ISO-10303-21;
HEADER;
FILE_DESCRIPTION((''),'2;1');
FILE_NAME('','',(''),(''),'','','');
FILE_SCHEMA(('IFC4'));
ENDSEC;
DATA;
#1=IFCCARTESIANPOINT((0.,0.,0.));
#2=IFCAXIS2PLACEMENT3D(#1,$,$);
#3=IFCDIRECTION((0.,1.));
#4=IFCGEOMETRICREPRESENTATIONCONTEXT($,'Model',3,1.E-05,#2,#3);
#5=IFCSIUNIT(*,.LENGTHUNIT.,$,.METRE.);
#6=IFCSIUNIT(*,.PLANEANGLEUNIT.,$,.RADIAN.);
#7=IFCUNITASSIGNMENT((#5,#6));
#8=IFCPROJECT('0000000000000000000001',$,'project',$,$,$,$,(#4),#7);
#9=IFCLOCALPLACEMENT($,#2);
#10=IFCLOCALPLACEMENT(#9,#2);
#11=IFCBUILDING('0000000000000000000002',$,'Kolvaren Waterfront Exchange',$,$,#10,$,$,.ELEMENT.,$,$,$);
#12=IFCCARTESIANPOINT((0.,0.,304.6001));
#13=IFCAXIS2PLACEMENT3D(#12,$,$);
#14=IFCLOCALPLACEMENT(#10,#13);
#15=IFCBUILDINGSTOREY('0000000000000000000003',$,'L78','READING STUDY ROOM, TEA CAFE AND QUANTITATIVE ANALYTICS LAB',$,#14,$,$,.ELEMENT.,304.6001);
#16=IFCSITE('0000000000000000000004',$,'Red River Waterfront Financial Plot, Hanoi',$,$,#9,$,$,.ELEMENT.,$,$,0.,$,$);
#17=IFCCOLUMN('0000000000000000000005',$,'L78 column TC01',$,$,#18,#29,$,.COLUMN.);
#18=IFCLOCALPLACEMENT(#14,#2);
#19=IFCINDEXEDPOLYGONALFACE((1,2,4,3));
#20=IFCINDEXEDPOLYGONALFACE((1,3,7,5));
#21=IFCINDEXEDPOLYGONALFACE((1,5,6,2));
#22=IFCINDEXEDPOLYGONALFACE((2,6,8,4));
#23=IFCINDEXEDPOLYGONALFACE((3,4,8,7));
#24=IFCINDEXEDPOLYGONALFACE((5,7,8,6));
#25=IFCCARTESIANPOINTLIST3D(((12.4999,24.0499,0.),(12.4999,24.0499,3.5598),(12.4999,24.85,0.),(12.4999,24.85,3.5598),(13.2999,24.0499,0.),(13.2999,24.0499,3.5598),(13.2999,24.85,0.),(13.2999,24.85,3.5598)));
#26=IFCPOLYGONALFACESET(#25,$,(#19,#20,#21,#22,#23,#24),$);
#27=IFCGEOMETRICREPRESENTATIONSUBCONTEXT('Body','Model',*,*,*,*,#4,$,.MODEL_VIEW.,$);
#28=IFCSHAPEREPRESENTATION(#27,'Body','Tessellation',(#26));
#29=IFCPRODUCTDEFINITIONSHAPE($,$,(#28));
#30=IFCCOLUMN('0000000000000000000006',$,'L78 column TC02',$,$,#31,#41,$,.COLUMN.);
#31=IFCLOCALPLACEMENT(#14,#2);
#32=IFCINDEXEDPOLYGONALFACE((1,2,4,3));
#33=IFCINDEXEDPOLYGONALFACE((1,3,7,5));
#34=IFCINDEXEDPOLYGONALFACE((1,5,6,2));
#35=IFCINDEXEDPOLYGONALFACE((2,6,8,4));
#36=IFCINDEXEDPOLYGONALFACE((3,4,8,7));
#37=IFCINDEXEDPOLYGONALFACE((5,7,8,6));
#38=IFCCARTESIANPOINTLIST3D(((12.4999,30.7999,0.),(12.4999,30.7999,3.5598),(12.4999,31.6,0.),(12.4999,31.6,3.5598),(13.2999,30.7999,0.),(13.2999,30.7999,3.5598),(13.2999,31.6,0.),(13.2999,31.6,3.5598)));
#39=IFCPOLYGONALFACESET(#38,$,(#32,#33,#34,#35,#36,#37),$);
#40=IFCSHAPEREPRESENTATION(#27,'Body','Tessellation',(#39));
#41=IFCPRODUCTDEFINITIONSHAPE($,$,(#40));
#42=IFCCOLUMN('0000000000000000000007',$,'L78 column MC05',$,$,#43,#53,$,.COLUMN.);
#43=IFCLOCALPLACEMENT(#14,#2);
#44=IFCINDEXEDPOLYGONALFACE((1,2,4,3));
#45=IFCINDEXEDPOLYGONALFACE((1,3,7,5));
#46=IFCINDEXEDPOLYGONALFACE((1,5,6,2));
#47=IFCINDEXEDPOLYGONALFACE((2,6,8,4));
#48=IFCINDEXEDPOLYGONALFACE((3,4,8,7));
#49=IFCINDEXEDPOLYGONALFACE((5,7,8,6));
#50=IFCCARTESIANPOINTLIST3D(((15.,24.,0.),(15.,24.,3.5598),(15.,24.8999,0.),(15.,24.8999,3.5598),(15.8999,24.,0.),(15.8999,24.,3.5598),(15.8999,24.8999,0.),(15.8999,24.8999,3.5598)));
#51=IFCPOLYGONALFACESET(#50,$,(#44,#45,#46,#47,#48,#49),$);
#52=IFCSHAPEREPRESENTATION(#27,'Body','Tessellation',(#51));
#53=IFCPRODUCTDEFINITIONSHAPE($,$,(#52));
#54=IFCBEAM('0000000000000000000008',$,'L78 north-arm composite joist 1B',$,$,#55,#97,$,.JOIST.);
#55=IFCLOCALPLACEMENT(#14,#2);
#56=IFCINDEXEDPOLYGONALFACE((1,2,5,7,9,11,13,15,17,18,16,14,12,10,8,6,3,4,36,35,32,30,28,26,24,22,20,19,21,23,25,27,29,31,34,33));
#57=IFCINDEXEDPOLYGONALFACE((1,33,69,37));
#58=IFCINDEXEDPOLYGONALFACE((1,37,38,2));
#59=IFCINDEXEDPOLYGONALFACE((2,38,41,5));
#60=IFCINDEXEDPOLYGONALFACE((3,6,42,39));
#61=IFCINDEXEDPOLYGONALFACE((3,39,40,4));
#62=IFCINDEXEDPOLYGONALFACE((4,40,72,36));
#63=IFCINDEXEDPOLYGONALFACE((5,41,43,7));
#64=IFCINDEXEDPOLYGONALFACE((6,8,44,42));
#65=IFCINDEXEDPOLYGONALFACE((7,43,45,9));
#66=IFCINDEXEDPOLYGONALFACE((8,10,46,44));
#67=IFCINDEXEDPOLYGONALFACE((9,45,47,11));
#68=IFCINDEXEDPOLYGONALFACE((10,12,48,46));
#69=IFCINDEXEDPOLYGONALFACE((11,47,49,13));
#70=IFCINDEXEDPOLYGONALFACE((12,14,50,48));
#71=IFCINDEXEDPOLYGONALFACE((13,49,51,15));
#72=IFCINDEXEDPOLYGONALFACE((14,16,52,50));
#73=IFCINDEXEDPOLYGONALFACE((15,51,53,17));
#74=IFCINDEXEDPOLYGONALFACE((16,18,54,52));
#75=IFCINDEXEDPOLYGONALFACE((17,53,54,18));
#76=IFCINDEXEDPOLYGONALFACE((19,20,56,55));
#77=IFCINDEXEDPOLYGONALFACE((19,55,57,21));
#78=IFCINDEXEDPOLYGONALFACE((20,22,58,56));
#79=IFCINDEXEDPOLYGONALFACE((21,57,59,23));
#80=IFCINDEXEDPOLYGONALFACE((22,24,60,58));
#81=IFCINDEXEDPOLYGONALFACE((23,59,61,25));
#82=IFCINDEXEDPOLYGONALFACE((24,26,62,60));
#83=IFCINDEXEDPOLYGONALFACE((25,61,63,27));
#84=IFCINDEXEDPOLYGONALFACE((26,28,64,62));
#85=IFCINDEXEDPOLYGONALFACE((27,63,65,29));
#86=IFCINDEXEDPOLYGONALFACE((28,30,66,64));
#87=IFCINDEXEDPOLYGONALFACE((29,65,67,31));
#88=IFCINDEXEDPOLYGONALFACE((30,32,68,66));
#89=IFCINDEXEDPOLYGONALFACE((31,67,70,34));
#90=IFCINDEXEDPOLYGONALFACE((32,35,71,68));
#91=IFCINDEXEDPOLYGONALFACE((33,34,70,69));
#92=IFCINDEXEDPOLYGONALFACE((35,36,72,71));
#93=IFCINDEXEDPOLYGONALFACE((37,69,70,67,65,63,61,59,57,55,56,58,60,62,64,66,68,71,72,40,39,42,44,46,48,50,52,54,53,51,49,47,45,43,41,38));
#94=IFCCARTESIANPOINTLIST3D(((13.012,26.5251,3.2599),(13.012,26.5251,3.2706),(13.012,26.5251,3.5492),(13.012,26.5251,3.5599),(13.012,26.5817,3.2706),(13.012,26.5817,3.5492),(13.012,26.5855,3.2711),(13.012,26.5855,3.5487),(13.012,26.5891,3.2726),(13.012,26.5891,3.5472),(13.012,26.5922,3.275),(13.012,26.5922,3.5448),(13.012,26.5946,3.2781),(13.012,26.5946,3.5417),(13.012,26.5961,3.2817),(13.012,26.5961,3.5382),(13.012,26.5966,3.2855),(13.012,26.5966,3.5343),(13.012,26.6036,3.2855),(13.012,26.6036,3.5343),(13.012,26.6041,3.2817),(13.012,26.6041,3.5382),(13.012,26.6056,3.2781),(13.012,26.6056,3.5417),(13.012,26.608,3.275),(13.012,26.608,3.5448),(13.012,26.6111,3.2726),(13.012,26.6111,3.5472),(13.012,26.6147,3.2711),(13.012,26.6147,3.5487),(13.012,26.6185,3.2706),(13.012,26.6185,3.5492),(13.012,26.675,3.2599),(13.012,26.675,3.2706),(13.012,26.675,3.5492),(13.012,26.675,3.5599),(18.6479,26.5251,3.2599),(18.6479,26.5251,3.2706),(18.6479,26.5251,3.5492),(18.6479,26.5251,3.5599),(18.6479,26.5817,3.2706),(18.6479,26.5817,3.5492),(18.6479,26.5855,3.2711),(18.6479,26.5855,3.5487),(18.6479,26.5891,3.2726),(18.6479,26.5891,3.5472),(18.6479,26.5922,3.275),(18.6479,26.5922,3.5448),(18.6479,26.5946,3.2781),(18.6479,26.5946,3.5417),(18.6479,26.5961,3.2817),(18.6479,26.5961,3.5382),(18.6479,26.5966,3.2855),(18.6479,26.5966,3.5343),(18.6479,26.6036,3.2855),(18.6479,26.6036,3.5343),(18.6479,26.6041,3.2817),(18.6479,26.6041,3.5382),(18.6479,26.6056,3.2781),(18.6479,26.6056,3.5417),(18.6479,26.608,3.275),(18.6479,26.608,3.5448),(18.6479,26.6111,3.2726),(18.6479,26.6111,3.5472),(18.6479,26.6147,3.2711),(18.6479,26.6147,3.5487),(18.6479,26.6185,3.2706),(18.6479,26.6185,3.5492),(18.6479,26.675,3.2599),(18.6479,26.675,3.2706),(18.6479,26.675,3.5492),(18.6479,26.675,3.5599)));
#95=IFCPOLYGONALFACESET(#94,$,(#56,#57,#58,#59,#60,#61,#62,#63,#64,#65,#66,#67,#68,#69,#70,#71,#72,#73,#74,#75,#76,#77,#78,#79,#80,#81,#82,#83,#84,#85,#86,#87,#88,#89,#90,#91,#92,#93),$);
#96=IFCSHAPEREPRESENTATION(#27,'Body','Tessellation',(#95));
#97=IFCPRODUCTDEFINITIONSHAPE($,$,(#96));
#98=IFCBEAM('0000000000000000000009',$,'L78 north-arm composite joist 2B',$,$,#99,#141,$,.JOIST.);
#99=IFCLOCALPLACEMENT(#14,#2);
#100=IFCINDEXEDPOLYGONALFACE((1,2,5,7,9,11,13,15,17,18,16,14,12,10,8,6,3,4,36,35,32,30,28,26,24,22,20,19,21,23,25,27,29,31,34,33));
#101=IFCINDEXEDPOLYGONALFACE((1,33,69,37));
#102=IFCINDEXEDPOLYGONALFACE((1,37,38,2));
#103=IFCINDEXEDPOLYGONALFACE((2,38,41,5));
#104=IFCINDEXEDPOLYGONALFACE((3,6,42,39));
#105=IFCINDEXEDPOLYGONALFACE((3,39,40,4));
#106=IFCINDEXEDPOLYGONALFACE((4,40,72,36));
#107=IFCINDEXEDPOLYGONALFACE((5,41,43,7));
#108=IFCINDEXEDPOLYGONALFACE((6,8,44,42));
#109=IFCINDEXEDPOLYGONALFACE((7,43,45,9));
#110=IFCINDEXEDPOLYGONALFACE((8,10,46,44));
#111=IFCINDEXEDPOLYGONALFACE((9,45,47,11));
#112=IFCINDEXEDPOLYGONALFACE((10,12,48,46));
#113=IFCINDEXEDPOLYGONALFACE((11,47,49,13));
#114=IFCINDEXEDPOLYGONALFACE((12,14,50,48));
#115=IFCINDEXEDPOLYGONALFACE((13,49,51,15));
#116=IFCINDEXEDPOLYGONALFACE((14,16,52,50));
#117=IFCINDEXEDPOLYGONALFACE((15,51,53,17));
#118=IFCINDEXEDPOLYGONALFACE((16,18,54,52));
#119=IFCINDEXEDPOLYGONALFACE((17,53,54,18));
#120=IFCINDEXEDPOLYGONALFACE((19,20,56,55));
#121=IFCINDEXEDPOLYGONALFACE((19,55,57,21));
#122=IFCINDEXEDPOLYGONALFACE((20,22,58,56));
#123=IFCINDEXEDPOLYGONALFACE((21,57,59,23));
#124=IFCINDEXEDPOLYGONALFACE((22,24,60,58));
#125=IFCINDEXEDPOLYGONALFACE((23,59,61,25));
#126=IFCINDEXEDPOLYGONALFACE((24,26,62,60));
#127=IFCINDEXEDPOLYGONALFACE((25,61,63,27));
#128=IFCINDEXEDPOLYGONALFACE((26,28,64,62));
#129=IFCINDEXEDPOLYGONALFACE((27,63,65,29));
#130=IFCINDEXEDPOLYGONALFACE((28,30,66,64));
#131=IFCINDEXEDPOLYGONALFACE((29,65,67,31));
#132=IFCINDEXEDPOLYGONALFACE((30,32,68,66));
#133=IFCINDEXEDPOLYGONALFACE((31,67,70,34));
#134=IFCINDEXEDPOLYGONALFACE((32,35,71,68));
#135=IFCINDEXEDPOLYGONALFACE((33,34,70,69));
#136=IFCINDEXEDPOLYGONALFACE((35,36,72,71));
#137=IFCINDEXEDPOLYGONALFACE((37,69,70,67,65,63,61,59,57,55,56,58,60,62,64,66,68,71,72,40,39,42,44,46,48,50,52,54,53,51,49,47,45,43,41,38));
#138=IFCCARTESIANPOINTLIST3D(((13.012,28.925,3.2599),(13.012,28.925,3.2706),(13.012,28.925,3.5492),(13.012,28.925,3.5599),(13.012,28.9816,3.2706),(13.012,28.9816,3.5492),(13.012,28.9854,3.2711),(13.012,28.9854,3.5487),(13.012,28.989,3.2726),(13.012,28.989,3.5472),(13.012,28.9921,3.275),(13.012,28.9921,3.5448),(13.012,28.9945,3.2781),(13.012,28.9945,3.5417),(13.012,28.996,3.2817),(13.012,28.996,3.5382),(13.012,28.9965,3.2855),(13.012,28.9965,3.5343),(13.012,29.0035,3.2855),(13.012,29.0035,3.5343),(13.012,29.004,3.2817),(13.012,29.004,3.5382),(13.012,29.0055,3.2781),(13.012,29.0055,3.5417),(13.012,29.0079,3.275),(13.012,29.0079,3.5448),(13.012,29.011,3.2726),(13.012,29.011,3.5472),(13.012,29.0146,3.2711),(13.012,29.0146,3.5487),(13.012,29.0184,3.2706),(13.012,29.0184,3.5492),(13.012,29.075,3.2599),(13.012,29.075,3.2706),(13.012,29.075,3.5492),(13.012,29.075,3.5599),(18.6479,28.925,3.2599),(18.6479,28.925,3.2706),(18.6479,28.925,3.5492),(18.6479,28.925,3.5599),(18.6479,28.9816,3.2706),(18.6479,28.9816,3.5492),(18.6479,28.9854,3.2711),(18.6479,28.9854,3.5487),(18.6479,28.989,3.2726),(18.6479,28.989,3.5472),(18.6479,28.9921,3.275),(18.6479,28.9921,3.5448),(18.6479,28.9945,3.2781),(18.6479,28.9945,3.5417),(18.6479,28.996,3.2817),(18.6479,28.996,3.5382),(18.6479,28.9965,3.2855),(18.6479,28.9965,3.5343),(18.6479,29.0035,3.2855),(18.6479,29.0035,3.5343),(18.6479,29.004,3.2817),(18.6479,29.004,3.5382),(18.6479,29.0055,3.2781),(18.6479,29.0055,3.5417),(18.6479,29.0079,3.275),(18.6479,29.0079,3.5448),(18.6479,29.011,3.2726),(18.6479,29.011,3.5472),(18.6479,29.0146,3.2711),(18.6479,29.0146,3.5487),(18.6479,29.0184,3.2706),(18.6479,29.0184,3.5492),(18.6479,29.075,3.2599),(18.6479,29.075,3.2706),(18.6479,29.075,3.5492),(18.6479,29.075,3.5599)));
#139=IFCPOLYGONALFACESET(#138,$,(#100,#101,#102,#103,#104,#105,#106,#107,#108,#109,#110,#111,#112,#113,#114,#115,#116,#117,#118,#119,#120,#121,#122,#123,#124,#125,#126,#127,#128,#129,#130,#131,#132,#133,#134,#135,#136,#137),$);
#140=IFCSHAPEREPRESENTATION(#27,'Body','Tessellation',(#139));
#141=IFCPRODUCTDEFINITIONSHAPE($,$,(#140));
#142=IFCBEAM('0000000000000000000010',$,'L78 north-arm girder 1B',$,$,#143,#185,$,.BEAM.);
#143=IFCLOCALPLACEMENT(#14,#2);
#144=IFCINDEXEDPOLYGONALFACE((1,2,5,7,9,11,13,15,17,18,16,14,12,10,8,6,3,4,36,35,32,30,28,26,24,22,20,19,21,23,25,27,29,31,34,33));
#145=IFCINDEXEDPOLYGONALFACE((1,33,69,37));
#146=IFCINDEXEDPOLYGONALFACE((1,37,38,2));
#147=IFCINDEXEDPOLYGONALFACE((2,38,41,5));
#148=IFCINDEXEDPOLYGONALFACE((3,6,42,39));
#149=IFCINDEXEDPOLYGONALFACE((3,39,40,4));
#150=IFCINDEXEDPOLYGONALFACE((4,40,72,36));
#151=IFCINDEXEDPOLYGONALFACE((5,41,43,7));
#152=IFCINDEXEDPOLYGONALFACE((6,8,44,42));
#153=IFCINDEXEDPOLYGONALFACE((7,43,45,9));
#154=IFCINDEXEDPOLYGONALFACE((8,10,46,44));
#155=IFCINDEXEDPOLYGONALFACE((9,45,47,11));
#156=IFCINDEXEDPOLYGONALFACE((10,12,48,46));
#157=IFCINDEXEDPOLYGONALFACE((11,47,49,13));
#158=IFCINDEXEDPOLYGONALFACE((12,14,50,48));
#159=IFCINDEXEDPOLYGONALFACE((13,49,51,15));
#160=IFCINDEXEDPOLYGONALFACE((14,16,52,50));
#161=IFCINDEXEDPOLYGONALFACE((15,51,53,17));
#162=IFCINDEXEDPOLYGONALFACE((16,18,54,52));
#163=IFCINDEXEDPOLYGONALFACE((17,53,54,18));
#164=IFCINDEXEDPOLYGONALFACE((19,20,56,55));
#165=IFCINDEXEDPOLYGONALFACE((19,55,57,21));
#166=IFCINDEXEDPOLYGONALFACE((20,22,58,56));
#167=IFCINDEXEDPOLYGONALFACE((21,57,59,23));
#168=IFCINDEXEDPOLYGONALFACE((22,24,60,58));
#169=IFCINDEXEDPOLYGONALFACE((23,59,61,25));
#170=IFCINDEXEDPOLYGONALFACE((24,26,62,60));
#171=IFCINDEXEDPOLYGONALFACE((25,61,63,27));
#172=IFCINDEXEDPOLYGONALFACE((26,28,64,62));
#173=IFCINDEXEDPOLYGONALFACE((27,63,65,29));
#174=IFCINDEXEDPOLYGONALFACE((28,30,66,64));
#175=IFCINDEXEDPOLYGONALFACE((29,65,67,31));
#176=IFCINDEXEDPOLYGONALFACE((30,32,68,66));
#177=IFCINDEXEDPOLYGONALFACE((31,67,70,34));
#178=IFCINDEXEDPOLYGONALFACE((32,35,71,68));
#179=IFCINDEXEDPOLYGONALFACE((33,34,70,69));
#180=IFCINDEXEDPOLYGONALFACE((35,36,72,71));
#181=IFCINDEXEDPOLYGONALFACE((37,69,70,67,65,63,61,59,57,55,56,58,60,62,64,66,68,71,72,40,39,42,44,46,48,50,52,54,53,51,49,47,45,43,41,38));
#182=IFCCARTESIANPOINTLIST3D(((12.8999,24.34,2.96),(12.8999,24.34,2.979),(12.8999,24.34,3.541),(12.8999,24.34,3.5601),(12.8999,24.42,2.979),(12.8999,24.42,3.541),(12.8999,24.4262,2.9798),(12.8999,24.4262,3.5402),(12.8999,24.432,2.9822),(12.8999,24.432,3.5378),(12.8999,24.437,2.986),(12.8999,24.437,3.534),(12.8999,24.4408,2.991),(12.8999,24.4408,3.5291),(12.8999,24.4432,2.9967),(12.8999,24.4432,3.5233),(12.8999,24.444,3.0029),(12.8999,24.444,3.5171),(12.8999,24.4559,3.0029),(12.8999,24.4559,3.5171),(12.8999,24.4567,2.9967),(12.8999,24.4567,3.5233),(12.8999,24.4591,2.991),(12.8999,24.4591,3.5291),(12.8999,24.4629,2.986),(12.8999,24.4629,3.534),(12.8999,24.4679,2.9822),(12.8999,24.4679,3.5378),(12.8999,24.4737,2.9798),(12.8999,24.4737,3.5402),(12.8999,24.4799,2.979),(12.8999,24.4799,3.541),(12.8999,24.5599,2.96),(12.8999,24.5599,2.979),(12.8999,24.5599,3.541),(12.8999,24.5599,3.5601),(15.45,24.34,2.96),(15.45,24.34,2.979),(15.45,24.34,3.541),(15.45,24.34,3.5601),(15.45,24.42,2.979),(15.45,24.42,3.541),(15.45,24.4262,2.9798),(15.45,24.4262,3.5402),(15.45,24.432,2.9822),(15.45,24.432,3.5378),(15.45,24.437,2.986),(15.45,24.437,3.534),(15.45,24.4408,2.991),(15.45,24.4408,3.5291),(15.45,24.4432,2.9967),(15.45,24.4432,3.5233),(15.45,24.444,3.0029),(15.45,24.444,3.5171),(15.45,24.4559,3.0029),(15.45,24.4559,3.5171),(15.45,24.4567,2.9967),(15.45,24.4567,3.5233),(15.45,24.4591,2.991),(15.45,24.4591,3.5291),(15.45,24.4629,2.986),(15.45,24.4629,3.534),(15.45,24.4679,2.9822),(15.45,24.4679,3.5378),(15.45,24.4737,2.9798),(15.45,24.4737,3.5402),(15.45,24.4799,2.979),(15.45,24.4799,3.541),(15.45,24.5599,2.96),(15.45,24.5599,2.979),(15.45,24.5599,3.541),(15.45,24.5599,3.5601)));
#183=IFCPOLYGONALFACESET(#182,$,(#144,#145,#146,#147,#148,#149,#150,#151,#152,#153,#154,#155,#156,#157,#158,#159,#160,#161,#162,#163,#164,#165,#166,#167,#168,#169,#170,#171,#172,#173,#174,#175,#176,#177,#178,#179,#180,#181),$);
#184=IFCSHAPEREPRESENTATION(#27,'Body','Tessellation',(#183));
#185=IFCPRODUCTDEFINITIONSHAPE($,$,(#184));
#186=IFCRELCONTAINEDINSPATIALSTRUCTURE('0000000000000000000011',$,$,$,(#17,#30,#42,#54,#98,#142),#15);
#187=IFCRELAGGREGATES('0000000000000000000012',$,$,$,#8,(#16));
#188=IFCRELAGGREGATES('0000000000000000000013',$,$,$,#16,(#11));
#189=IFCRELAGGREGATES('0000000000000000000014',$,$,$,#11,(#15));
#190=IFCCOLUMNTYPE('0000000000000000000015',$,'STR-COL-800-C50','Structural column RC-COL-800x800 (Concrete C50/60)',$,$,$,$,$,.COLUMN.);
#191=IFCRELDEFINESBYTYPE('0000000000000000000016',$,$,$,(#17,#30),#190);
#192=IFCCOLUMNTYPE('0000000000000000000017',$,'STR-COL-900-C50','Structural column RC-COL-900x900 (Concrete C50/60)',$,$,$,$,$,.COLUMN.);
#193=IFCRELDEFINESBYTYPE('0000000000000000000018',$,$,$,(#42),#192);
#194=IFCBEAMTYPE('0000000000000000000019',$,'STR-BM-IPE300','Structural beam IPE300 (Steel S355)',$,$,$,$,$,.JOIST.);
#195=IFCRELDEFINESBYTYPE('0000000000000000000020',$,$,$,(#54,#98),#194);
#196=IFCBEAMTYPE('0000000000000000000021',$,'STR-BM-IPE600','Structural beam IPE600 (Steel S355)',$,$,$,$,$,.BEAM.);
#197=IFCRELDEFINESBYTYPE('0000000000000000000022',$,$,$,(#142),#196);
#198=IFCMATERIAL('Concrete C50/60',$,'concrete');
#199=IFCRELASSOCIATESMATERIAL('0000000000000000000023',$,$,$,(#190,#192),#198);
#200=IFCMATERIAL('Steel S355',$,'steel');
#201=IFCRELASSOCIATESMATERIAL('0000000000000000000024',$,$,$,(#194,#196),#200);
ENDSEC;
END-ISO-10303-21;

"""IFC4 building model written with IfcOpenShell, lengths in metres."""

from ifc_helpers import new_model, si_unit, direction, frame, origin, origin_2d, place, context, subcontext, project, spatial, rectangle, i_section, extrude, material, material_profile, profile_set, type_object, element, save


model = new_model("IFC4")

# Units and contexts
model_context = context("Model", 3, precision=1e-05, world=origin(), true_north=direction((0.0, 1.0)))
body_context = subcontext(model_context, "Body", "Model", "MODEL_VIEW")
ifc_project = project(units=[si_unit("LENGTHUNIT", "METRE"), si_unit("PLANEANGLEUNIT", "RADIAN")], contexts=[model_context])

# Site, building, storey
site_placement = place(None, origin())
site = spatial("IfcSite", under=ifc_project, at=site_placement, Name="Red River Waterfront Financial Plot, Hanoi", CompositionType="ELEMENT", RefElevation=0.0)
building_placement = place(site_placement, origin())
building = spatial("IfcBuilding", under=site, at=building_placement, Name="Kolvaren Waterfront Exchange", CompositionType="ELEMENT")
storey_placement = place(building_placement, frame((0.0, 0.0, 304.6001)))
storey = spatial("IfcBuildingStorey", under=building, at=storey_placement, Name="L78", Description="READING STUDY ROOM, TEA CAFE AND QUANTITATIVE ANALYTICS LAB", CompositionType="ELEMENT", Elevation=304.6001)

# Columns
ifc_material_1 = material(Name="Concrete C50/60", Category="concrete")
ifc_material_profile_1 = material_profile(ifc_material_1, rectangle(XDim=0.8, YDim=0.8, at=origin_2d()), Name="RC-COL-800x800")
ifc_profile_set_1 = profile_set([ifc_material_profile_1], Name="Concrete C50/60")
column_type_1 = type_object("IfcColumnType", Name="STR-COL-800-C50", Description="Structural column RC-COL-800x800 (Concrete C50/60)", PredefinedType="COLUMN", material=ifc_profile_set_1)
for number, where, z_axis, x_axis, name in (
    (1, (12.8999, 24.45, 0.0), (0.0, 0.0, 1.0), (1.0, 0.0, 0.0), "L78 column TC01"),
    (2, (12.8999, 31.2, 0.0), (0.0, 0.0, 1.0), (1.0, 0.0, 0.0), "L78 column TC02"),
):
    element("IfcColumn", number, at=place(storey_placement, frame(where, z_axis=z_axis, x_axis=x_axis)), inside=storey, type_object=column_type_1, Name=name, PredefinedType="COLUMN", context=body_context, shape_type="SweptSolid", body=[
        extrude(rectangle(XDim=0.8, YDim=0.8, at=origin_2d()), origin(), (0.0, 0.0, 1.0), 3.5598),
    ])
ifc_material_profile_2 = material_profile(ifc_material_1, rectangle(XDim=0.8999, YDim=0.8999, at=origin_2d()), Name="RC-COL-900x900")
ifc_profile_set_2 = profile_set([ifc_material_profile_2], Name="Concrete C50/60")
column_type_2 = type_object("IfcColumnType", Name="STR-COL-900-C50", Description="Structural column RC-COL-900x900 (Concrete C50/60)", PredefinedType="COLUMN", material=ifc_profile_set_2)
column_placement = place(storey_placement, frame((15.45, 24.45, 0.0), z_axis=(0.0, 0.0, 1.0), x_axis=(1.0, 0.0, 0.0)))
element("IfcColumn", 3, at=column_placement, inside=storey, type_object=column_type_2, Name="L78 column MC05", PredefinedType="COLUMN", context=body_context, shape_type="SweptSolid", body=[
    extrude(rectangle(XDim=0.8999, YDim=0.8999, at=origin_2d()), origin(), (0.0, 0.0, 1.0), 3.5598),
])

# Beams
ifc_material_2 = material(Name="Steel S355", Category="steel")
ifc_material_profile_3 = material_profile(ifc_material_2, i_section(OverallWidth=0.1499, OverallDepth=0.3, WebThickness=0.0071, FlangeThickness=0.0107, FilletRadius=0.0149, at=origin_2d()), Name="IPE300")
ifc_profile_set_3 = profile_set([ifc_material_profile_3], Name="Steel S355")
beam_type_1 = type_object("IfcBeamType", Name="STR-BM-IPE300", Description="Structural beam IPE300 (Steel S355)", PredefinedType="JOIST", material=ifc_profile_set_3)
for number, where, z_axis, x_axis, name in (
    (4, (13.012, 26.6001, 3.4099), (1.0, 0.0, 0.0), (0.0, 1.0, 0.0), "L78 north-arm composite joist 1B"),
    (5, (13.012, 29.0, 3.4099), (1.0, 0.0, 0.0), (0.0, 1.0, 0.0), "L78 north-arm composite joist 2B"),
):
    element("IfcBeam", number, at=place(storey_placement, frame(where, z_axis=z_axis, x_axis=x_axis)), inside=storey, type_object=beam_type_1, Name=name, PredefinedType="JOIST", context=body_context, shape_type="SweptSolid", body=[
        extrude(i_section(OverallWidth=0.1499, OverallDepth=0.3, WebThickness=0.0071, FlangeThickness=0.0107, FilletRadius=0.0149, at=origin_2d()), origin(), (0.0, 0.0, 1.0), 5.636),
    ])
ifc_material_profile_4 = material_profile(ifc_material_2, i_section(OverallWidth=0.22, OverallDepth=0.6001, WebThickness=0.012, FlangeThickness=0.019, FilletRadius=0.0239, at=origin_2d()), Name="IPE600")
ifc_profile_set_4 = profile_set([ifc_material_profile_4], Name="Steel S355")
beam_type_2 = type_object("IfcBeamType", Name="STR-BM-IPE600", Description="Structural beam IPE600 (Steel S355)", PredefinedType="BEAM", material=ifc_profile_set_4)
beam_1_placement = place(storey_placement, frame((12.8999, 24.45, 3.26), z_axis=(1.0, 0.0, 0.0), x_axis=(0.0, 1.0, 0.0)))
element("IfcBeam", 6, at=beam_1_placement, inside=storey, type_object=beam_type_2, Name="L78 north-arm girder 1B", PredefinedType="BEAM", context=body_context, shape_type="SweptSolid", body=[
    extrude(i_section(OverallWidth=0.22, OverallDepth=0.6001, WebThickness=0.012, FlangeThickness=0.019, FilletRadius=0.0239, at=origin_2d()), origin(), (0.0, 0.0, 1.0), 2.55),
])

save(model, "model.ifc")
